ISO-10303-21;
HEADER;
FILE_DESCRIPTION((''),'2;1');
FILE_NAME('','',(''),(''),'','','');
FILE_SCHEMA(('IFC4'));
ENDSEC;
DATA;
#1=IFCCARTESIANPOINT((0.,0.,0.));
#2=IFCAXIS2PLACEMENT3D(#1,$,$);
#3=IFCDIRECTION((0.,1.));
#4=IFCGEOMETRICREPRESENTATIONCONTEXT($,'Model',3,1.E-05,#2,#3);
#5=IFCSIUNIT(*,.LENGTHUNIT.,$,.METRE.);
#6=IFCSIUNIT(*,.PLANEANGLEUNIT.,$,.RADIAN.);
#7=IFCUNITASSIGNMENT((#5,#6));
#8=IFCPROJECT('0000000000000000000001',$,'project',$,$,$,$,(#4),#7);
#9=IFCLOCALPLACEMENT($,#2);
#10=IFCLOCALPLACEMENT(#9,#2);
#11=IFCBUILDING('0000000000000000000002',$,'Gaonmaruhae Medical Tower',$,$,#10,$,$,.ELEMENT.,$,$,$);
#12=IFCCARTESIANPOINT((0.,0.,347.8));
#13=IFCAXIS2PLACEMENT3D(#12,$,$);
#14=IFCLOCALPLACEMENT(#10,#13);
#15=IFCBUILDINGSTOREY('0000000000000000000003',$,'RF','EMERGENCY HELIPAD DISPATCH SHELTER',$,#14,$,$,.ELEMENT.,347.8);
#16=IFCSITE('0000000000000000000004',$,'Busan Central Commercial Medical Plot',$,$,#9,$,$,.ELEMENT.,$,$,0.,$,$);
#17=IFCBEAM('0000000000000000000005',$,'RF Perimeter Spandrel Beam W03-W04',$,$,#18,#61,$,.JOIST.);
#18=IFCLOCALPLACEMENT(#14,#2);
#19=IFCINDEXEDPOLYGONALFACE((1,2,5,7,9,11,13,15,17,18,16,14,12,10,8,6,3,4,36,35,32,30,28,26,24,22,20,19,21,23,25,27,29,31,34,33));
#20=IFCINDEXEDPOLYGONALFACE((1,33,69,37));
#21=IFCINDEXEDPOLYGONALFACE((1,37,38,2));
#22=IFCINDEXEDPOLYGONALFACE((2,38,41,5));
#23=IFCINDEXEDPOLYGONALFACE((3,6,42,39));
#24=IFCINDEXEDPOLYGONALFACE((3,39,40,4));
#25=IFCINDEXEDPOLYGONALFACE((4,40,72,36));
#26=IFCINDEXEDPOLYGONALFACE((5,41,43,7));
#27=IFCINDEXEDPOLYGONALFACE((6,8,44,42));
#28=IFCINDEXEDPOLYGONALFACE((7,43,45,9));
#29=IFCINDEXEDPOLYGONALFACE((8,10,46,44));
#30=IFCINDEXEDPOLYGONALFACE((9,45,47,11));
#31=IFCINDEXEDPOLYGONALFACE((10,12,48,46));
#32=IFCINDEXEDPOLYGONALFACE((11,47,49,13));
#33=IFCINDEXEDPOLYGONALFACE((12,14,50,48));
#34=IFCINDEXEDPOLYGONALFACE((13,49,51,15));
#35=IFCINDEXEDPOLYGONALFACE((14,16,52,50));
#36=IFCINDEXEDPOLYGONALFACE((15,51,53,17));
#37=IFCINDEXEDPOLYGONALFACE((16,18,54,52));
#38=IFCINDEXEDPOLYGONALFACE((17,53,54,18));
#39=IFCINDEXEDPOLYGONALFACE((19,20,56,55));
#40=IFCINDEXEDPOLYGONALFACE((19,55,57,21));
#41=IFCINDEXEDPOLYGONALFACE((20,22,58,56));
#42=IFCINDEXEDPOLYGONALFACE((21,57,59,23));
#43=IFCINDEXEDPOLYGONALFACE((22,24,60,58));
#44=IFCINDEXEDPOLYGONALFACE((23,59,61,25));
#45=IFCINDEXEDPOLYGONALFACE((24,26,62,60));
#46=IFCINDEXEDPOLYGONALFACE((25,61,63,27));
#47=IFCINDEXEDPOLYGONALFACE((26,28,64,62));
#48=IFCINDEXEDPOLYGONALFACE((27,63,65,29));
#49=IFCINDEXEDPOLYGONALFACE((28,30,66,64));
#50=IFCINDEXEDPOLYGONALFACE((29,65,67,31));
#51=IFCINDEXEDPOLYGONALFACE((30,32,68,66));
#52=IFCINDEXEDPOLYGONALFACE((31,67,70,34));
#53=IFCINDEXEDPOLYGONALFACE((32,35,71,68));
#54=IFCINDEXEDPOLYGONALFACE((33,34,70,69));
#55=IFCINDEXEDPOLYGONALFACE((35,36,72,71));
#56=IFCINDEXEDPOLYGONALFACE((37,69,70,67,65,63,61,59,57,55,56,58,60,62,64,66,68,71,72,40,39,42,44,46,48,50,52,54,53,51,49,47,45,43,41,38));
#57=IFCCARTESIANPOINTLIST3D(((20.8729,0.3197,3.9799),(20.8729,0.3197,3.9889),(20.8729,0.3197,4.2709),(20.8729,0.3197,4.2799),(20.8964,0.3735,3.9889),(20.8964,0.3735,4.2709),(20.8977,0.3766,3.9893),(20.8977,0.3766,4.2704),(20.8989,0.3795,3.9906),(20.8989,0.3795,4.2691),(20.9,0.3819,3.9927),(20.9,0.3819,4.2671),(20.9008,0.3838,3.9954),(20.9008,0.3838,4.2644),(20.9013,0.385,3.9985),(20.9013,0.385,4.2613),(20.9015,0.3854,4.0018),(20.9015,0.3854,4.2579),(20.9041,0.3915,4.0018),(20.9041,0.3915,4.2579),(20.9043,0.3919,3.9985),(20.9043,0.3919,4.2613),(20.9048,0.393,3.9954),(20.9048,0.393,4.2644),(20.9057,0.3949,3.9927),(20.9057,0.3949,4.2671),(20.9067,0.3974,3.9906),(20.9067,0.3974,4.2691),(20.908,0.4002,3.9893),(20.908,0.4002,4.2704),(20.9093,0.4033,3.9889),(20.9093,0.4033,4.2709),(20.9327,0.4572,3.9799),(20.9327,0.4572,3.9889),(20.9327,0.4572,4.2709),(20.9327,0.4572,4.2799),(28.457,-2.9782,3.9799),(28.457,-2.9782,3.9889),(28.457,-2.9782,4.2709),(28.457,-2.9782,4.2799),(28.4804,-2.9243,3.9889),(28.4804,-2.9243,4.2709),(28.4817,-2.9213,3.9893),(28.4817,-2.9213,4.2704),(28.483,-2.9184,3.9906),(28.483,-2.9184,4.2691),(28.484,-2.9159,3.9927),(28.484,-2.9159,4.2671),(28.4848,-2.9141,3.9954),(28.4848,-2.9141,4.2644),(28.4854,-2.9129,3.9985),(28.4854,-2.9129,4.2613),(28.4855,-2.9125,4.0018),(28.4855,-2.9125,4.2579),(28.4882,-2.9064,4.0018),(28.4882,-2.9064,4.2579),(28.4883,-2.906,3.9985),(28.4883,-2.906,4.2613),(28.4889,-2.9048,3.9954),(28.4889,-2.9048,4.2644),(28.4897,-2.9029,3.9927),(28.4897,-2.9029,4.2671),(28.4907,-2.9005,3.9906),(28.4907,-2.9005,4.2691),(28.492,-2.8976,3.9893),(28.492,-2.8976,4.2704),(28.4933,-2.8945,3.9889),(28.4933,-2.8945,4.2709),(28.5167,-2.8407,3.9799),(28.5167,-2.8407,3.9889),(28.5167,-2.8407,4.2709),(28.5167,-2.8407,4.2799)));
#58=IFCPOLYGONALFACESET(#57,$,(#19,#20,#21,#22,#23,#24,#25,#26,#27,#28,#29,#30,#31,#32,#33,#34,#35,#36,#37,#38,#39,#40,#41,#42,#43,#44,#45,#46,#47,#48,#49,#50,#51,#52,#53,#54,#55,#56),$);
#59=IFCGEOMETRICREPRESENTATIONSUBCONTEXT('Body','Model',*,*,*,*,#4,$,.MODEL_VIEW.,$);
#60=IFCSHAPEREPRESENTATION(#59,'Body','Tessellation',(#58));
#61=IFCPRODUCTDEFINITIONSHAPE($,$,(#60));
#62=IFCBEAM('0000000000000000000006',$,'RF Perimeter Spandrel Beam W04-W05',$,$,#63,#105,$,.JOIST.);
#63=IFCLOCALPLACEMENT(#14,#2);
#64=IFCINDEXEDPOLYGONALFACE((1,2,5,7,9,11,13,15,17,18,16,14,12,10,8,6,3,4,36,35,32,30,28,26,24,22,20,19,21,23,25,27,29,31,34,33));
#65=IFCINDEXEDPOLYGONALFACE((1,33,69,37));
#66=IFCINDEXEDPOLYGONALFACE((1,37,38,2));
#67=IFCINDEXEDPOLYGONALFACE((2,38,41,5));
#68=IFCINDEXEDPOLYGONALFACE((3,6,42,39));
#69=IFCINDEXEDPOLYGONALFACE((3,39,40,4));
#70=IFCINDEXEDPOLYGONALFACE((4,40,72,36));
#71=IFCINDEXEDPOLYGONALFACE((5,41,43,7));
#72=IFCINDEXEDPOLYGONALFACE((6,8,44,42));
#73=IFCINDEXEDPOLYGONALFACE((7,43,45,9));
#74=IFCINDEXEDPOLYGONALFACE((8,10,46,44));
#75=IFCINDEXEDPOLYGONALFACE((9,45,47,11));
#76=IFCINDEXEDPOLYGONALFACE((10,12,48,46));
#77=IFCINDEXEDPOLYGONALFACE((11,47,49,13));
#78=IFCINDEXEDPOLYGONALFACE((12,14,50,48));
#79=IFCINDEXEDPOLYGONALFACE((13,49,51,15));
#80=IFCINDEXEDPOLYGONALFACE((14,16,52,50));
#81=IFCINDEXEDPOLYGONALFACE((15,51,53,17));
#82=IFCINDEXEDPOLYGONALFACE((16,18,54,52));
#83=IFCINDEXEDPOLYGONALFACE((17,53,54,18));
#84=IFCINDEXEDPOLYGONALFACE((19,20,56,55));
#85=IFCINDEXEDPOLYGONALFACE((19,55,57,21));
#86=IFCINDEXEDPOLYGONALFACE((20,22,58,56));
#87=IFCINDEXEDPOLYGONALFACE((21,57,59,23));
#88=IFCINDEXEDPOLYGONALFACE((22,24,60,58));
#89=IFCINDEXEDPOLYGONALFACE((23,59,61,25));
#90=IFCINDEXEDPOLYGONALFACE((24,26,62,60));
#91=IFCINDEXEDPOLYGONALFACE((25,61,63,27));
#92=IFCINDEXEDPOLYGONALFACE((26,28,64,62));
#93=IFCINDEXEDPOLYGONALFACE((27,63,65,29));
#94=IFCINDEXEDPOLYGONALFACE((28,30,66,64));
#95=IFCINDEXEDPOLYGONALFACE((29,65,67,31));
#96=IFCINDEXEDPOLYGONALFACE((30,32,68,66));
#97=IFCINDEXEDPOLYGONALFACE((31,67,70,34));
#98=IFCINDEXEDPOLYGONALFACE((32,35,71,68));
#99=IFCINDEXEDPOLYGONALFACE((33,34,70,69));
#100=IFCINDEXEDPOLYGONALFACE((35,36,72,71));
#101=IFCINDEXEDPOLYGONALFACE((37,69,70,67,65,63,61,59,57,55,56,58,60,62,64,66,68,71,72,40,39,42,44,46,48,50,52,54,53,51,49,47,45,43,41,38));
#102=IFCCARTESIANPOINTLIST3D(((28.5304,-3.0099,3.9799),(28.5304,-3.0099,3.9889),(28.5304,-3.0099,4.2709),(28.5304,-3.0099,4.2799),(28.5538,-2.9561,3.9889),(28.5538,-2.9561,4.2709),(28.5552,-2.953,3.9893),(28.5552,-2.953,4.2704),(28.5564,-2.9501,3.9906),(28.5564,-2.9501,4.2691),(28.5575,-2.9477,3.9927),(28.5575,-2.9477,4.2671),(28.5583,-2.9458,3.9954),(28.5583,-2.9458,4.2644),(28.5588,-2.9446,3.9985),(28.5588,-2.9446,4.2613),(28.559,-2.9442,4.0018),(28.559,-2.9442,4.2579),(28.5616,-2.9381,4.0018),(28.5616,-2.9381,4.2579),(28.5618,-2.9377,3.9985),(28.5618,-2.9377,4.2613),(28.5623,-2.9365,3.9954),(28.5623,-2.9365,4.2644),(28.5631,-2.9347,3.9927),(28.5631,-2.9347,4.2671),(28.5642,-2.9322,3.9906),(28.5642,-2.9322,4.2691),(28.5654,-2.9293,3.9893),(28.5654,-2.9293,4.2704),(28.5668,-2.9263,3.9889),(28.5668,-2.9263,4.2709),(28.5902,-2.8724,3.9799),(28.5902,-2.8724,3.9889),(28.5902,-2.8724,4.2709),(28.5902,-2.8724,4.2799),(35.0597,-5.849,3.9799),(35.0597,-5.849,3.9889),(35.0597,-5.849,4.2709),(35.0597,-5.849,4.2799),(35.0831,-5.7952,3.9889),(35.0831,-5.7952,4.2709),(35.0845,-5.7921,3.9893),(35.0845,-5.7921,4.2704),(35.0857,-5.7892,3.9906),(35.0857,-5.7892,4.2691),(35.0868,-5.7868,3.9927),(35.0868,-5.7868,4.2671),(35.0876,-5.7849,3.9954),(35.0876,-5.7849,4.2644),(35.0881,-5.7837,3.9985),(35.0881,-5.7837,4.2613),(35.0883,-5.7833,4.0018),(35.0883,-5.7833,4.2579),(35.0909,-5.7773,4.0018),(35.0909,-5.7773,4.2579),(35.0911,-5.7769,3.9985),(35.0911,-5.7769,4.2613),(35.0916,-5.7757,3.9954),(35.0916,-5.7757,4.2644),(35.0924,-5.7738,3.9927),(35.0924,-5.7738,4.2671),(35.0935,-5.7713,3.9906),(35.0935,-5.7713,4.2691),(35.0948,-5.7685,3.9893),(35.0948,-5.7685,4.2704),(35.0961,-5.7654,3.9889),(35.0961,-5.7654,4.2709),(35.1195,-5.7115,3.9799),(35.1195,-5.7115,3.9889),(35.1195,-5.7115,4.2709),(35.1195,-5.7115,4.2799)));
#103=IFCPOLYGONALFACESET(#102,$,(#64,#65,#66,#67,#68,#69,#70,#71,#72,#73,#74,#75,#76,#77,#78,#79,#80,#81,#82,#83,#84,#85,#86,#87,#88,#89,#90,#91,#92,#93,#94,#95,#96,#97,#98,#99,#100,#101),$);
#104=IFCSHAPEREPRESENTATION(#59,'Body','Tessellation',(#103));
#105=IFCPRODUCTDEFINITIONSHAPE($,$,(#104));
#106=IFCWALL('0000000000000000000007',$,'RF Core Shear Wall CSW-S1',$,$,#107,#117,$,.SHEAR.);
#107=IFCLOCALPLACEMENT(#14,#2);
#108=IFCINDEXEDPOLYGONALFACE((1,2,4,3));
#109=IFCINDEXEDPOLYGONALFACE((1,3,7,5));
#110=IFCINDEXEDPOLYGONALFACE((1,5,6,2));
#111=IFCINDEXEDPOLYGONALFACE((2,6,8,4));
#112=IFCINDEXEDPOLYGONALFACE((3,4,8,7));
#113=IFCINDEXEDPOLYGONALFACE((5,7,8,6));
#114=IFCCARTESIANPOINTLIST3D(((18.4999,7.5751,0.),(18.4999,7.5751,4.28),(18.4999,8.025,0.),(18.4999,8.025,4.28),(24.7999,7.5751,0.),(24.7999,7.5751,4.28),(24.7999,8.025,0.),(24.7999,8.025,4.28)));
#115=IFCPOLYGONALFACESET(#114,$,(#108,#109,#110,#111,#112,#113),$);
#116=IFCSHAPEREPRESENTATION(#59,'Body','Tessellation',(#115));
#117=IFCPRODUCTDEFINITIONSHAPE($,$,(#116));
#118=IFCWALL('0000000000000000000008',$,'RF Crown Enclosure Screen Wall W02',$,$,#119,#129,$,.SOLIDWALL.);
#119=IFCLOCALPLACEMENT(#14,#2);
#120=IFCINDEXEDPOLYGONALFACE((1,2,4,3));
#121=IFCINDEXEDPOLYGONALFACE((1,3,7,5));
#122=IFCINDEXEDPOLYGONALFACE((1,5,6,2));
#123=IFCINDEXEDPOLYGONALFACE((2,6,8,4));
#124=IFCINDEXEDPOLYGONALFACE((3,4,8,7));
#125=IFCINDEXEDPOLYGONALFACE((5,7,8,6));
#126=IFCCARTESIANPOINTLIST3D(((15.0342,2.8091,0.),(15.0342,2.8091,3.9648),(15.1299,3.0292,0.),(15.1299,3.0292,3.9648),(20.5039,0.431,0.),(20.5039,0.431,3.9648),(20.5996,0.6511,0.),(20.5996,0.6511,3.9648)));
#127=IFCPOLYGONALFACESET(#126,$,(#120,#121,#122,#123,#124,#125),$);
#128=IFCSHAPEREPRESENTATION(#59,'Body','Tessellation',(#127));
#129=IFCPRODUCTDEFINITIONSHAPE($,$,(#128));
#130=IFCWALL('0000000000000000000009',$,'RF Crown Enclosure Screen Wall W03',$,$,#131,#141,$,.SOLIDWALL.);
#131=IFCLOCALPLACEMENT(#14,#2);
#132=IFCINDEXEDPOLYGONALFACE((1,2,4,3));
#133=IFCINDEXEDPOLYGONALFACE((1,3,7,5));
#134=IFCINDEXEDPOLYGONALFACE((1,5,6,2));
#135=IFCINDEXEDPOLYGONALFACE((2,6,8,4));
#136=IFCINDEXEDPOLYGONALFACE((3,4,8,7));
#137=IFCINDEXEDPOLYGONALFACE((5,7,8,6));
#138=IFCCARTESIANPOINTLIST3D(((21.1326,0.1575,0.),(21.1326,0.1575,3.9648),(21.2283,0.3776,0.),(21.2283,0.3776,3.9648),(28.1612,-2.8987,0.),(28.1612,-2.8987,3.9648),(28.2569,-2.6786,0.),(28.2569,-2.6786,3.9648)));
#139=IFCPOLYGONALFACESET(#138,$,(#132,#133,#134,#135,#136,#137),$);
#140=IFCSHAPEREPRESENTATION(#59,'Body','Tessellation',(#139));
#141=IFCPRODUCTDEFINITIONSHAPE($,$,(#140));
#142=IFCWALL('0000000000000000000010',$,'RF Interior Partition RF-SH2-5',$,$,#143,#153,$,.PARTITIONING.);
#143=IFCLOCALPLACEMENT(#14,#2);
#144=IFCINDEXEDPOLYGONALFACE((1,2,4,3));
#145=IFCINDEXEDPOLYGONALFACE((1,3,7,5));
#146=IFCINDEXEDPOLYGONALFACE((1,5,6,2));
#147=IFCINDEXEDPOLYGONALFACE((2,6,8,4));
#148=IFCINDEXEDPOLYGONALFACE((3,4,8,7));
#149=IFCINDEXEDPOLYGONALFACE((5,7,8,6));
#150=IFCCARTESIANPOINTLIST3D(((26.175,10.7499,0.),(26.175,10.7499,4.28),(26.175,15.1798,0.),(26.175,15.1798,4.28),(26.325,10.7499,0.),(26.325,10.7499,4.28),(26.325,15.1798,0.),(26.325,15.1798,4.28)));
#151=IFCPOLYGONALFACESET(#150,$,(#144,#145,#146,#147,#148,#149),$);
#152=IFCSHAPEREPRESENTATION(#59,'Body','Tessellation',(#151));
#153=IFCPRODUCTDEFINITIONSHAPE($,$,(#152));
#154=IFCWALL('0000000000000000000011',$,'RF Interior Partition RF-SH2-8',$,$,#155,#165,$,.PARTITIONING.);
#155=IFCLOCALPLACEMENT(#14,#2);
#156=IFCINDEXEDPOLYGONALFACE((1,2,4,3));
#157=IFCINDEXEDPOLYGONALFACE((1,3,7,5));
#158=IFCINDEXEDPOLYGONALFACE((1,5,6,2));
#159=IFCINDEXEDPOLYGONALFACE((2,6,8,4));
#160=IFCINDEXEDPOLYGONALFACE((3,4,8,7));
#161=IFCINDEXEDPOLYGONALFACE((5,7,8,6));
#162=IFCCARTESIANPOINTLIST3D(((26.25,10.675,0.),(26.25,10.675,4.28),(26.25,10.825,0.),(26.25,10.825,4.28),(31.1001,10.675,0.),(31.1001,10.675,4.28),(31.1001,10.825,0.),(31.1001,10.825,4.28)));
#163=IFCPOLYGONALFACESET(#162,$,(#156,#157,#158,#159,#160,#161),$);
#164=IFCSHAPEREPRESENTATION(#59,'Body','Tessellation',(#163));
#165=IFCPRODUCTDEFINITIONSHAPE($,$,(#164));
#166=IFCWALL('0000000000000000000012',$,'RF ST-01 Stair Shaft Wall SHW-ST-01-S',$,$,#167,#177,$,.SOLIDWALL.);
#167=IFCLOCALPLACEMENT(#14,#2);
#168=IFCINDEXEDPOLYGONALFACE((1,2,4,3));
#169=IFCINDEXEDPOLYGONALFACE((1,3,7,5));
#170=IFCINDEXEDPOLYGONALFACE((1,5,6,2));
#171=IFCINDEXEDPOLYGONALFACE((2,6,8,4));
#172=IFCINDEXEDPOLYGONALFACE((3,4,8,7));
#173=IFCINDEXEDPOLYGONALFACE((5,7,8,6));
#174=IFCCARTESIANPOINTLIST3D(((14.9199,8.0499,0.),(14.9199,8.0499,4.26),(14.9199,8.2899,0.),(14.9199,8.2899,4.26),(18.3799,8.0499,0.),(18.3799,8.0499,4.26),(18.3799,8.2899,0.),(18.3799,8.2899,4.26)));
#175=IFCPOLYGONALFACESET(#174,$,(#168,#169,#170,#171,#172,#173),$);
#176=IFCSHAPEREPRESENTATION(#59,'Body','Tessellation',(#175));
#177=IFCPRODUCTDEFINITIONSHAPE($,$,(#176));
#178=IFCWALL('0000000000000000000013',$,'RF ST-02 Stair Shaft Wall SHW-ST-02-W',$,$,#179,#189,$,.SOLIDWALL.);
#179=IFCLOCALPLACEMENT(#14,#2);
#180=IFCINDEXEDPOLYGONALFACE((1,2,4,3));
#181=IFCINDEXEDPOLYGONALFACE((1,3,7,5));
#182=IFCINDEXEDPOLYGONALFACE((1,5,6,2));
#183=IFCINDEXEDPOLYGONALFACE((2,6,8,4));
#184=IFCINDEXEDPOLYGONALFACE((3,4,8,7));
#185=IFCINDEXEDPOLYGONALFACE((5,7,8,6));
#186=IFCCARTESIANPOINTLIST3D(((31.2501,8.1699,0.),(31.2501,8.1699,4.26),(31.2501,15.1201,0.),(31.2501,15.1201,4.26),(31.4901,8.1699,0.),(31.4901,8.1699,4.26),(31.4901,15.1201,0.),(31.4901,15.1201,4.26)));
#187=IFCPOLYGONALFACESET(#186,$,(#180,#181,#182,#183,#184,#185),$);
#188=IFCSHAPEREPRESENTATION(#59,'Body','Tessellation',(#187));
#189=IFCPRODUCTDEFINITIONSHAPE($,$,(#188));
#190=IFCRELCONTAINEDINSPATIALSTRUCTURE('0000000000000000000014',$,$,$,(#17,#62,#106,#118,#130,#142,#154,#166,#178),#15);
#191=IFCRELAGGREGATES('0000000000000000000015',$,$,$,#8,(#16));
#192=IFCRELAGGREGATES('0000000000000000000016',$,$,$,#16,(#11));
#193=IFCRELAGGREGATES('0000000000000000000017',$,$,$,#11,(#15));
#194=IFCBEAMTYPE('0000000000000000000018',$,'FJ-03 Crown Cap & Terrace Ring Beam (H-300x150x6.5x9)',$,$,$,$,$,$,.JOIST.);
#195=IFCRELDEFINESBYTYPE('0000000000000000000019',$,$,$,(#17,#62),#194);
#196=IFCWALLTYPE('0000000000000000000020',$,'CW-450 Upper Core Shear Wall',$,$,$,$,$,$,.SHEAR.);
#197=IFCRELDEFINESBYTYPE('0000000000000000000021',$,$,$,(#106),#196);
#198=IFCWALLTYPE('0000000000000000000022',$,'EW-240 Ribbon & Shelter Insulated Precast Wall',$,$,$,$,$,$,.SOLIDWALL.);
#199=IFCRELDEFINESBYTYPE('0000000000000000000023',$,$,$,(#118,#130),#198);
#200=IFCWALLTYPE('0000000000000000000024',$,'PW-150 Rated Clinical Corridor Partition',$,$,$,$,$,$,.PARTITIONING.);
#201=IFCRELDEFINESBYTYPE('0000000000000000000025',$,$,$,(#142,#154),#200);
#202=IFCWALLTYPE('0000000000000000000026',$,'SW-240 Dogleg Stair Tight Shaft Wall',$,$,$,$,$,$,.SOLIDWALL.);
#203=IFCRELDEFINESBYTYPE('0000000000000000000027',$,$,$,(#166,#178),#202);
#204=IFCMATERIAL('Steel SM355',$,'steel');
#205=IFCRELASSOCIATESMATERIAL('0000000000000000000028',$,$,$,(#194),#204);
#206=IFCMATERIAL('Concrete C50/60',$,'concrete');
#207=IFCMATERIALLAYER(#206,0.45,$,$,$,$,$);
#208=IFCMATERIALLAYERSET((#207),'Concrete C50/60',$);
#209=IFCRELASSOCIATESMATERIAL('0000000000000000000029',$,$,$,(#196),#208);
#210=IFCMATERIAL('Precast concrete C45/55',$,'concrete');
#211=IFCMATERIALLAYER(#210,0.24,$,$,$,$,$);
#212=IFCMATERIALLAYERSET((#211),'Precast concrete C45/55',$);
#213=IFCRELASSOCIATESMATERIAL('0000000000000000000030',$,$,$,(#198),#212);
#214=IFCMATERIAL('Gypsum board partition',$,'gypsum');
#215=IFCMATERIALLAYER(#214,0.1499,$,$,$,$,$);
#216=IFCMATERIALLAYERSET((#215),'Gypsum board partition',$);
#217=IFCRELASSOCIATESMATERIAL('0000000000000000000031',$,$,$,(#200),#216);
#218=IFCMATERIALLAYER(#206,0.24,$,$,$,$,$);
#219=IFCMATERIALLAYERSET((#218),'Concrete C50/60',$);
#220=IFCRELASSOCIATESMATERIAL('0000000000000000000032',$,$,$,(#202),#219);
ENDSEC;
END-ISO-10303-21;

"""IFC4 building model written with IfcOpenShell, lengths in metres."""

from ifc_helpers import new_model, si_unit, direction, frame, frame_2d, origin, origin_2d, place, context, subcontext, project, spatial, rectangle, i_section, extrude, material, layer, layer_set, material_profile, profile_set, type_object, element, save


model = new_model("IFC4")

# Units and contexts
model_context = context("Model", 3, precision=1e-05, world=origin(), true_north=direction((0.0, 1.0)))
body_context = subcontext(model_context, "Body", "Model", "MODEL_VIEW")
ifc_project = project(units=[si_unit("LENGTHUNIT", "METRE"), si_unit("PLANEANGLEUNIT", "RADIAN")], contexts=[model_context])

# Site, building, storey
site_placement = place(None, origin())
site = spatial("IfcSite", under=ifc_project, at=site_placement, Name="Busan Central Commercial Medical Plot", CompositionType="ELEMENT", RefElevation=0.0)
building_placement = place(site_placement, origin())
building = spatial("IfcBuilding", under=site, at=building_placement, Name="Gaonmaruhae Medical Tower", CompositionType="ELEMENT")
storey_placement = place(building_placement, frame((0.0, 0.0, 347.8)))
storey = spatial("IfcBuildingStorey", under=building, at=storey_placement, Name="RF", Description="EMERGENCY HELIPAD DISPATCH SHELTER", CompositionType="ELEMENT", Elevation=347.8)

# Shared definitions
ifc_material_1 = material(Name="Concrete C50/60", Category="concrete")

# Beams
ifc_material_2 = material(Name="Steel SM355", Category="steel")
ifc_material_profile_1 = material_profile(ifc_material_2, i_section(OverallWidth=0.1499, OverallDepth=0.3, WebThickness=0.0066, FlangeThickness=0.009, FilletRadius=0.0129, at=origin_2d()), Name="H-300x150x6.5x9")
ifc_profile_set_1 = profile_set([ifc_material_profile_1], Name="Steel SM355")
beam_type_1 = type_object("IfcBeamType", Name="FJ-03 Crown Cap & Terrace Ring Beam (H-300x150x6.5x9)", PredefinedType="JOIST", material=ifc_profile_set_1)
beam_1_placement = place(storey_placement, frame((20.9028, 0.3884, 4.1299), z_axis=(0.917049, -0.398774, 0.0), x_axis=(0.398774, 0.917049, 0.0)))
element("IfcBeam", 1, at=beam_1_placement, inside=storey, type_object=beam_type_1, Name="RF Perimeter Spandrel Beam W03-W04", PredefinedType="JOIST", context=body_context, shape_type="SweptSolid", body=[
    extrude(i_section(OverallWidth=0.1499, OverallDepth=0.3, WebThickness=0.0066, FlangeThickness=0.009, FilletRadius=0.0129, at=origin_2d()), origin(), (0.0, 0.0, 1.0), 8.27),
])
beam_2_placement = place(storey_placement, frame((28.5603, -2.9412, 4.1299), z_axis=(0.917055, -0.39876, 0.0), x_axis=(0.39876, 0.917055, 0.0)))
element("IfcBeam", 2, at=beam_2_placement, inside=storey, type_object=beam_type_1, Name="RF Perimeter Spandrel Beam W04-W05", PredefinedType="JOIST", context=body_context, shape_type="SweptSolid", body=[
    extrude(i_section(OverallWidth=0.1499, OverallDepth=0.3, WebThickness=0.0066, FlangeThickness=0.009, FilletRadius=0.0129, at=origin_2d()), origin(), (0.0, 0.0, 1.0), 7.1199),
])

# Walls
ifc_layer_1 = layer(ifc_material_1, 0.45)
ifc_layer_set_1 = layer_set([ifc_layer_1], Name="Concrete C50/60")
wall_type_1 = type_object("IfcWallType", Name="CW-450 Upper Core Shear Wall", PredefinedType="SHEAR", material=ifc_layer_set_1)
wall_1_placement = place(storey_placement, frame((18.5, 7.8, 0.0), z_axis=(0.0, 0.0, 1.0), x_axis=(1.0, 0.0, 0.0)))
element("IfcWall", 3, at=wall_1_placement, inside=storey, type_object=wall_type_1, Name="RF Core Shear Wall CSW-S1", PredefinedType="SHEAR", context=body_context, shape_type="SweptSolid", body=[
    extrude(rectangle(XDim=6.3, YDim=0.45, at=frame_2d((3.1499, 0.0))), origin(), (0.0, 0.0, 1.0), 4.28),
])
ifc_material_3 = material(Name="Precast concrete C45/55", Category="concrete")
ifc_layer_2 = layer(ifc_material_3, 0.24)
ifc_layer_set_2 = layer_set([ifc_layer_2], Name="Precast concrete C45/55")
wall_type_2 = type_object("IfcWallType", Name="EW-240 Ribbon & Shelter Insulated Precast Wall", PredefinedType="SOLIDWALL", material=ifc_layer_set_2)
wall_2_placement = place(storey_placement, frame((20.5518, 0.541, 0.0), z_axis=(0.0, 0.0, 1.0), x_axis=(-0.917068, 0.398731, 0.0)))
element("IfcWall", 4, at=wall_2_placement, inside=storey, type_object=wall_type_2, Name="RF Crown Enclosure Screen Wall W02", PredefinedType="SOLIDWALL", context=body_context, shape_type="SweptSolid", body=[
    extrude(rectangle(XDim=5.9644, YDim=0.24, at=frame_2d((2.9822, 0.0))), origin(), (0.0, 0.0, 1.0), 3.9648),
])
wall_3_placement = place(storey_placement, frame((28.209, -2.7886, 0.0), z_axis=(0.0, 0.0, 1.0), x_axis=(-0.917058, 0.398754, 0.0)))
element("IfcWall", 5, at=wall_3_placement, inside=storey, type_object=wall_type_2, Name="RF Crown Enclosure Screen Wall W03", PredefinedType="SOLIDWALL", context=body_context, shape_type="SweptSolid", body=[
    extrude(rectangle(XDim=7.6643, YDim=0.24, at=frame_2d((3.832, 0.0))), origin(), (0.0, 0.0, 1.0), 3.9648),
])
ifc_material_4 = material(Name="Gypsum board partition", Category="gypsum")
ifc_layer_3 = layer(ifc_material_4, 0.1499)
ifc_layer_set_3 = layer_set([ifc_layer_3], Name="Gypsum board partition")
wall_type_3 = type_object("IfcWallType", Name="PW-150 Rated Clinical Corridor Partition", PredefinedType="PARTITIONING", material=ifc_layer_set_3)
wall_4_placement = place(storey_placement, frame((26.25, 10.75, 0.0), z_axis=(0.0, 0.0, 1.0), x_axis=(0.0, 1.0, 0.0)))
element("IfcWall", 6, at=wall_4_placement, inside=storey, type_object=wall_type_3, Name="RF Interior Partition RF-SH2-5", PredefinedType="PARTITIONING", context=body_context, shape_type="SweptSolid", body=[
    extrude(rectangle(XDim=4.4299, YDim=0.1499, at=frame_2d((2.2148, 0.0))), origin(), (0.0, 0.0, 1.0), 4.28),
])
wall_5_placement = place(storey_placement, frame((31.1001, 10.75, 0.0), z_axis=(0.0, 0.0, 1.0), x_axis=(-1.0, 0.0, 0.0)))
element("IfcWall", 7, at=wall_5_placement, inside=storey, type_object=wall_type_3, Name="RF Interior Partition RF-SH2-8", PredefinedType="PARTITIONING", context=body_context, shape_type="SweptSolid", body=[
    extrude(rectangle(XDim=4.8501, YDim=0.1499, at=frame_2d((2.425, 0.0))), origin(), (0.0, 0.0, 1.0), 4.28),
])
ifc_layer_4 = layer(ifc_material_1, 0.24)
ifc_layer_set_4 = layer_set([ifc_layer_4], Name="Concrete C50/60")
wall_type_4 = type_object("IfcWallType", Name="SW-240 Dogleg Stair Tight Shaft Wall", PredefinedType="SOLIDWALL", material=ifc_layer_set_4)
wall_6_placement = place(storey_placement, frame((18.3799, 8.1699, 0.0), z_axis=(0.0, 0.0, 1.0), x_axis=(-1.0, 0.0, 0.0)))
element("IfcWall", 8, at=wall_6_placement, inside=storey, type_object=wall_type_4, Name="RF ST-01 Stair Shaft Wall SHW-ST-01-S", PredefinedType="SOLIDWALL", context=body_context, shape_type="SweptSolid", body=[
    extrude(rectangle(XDim=3.46, YDim=0.24, at=frame_2d((1.73, 0.0))), origin(), (0.0, 0.0, 1.0), 4.26),
])
wall_7_placement = place(storey_placement, frame((31.3701, 8.1699, 0.0), z_axis=(0.0, 0.0, 1.0), x_axis=(0.0, 1.0, 0.0)))
element("IfcWall", 9, at=wall_7_placement, inside=storey, type_object=wall_type_4, Name="RF ST-02 Stair Shaft Wall SHW-ST-02-W", PredefinedType="SOLIDWALL", context=body_context, shape_type="SweptSolid", body=[
    extrude(rectangle(XDim=6.9502, YDim=0.24, at=frame_2d((3.4751, 0.0))), origin(), (0.0, 0.0, 1.0), 4.26),
])

save(model, "model.ifc")
